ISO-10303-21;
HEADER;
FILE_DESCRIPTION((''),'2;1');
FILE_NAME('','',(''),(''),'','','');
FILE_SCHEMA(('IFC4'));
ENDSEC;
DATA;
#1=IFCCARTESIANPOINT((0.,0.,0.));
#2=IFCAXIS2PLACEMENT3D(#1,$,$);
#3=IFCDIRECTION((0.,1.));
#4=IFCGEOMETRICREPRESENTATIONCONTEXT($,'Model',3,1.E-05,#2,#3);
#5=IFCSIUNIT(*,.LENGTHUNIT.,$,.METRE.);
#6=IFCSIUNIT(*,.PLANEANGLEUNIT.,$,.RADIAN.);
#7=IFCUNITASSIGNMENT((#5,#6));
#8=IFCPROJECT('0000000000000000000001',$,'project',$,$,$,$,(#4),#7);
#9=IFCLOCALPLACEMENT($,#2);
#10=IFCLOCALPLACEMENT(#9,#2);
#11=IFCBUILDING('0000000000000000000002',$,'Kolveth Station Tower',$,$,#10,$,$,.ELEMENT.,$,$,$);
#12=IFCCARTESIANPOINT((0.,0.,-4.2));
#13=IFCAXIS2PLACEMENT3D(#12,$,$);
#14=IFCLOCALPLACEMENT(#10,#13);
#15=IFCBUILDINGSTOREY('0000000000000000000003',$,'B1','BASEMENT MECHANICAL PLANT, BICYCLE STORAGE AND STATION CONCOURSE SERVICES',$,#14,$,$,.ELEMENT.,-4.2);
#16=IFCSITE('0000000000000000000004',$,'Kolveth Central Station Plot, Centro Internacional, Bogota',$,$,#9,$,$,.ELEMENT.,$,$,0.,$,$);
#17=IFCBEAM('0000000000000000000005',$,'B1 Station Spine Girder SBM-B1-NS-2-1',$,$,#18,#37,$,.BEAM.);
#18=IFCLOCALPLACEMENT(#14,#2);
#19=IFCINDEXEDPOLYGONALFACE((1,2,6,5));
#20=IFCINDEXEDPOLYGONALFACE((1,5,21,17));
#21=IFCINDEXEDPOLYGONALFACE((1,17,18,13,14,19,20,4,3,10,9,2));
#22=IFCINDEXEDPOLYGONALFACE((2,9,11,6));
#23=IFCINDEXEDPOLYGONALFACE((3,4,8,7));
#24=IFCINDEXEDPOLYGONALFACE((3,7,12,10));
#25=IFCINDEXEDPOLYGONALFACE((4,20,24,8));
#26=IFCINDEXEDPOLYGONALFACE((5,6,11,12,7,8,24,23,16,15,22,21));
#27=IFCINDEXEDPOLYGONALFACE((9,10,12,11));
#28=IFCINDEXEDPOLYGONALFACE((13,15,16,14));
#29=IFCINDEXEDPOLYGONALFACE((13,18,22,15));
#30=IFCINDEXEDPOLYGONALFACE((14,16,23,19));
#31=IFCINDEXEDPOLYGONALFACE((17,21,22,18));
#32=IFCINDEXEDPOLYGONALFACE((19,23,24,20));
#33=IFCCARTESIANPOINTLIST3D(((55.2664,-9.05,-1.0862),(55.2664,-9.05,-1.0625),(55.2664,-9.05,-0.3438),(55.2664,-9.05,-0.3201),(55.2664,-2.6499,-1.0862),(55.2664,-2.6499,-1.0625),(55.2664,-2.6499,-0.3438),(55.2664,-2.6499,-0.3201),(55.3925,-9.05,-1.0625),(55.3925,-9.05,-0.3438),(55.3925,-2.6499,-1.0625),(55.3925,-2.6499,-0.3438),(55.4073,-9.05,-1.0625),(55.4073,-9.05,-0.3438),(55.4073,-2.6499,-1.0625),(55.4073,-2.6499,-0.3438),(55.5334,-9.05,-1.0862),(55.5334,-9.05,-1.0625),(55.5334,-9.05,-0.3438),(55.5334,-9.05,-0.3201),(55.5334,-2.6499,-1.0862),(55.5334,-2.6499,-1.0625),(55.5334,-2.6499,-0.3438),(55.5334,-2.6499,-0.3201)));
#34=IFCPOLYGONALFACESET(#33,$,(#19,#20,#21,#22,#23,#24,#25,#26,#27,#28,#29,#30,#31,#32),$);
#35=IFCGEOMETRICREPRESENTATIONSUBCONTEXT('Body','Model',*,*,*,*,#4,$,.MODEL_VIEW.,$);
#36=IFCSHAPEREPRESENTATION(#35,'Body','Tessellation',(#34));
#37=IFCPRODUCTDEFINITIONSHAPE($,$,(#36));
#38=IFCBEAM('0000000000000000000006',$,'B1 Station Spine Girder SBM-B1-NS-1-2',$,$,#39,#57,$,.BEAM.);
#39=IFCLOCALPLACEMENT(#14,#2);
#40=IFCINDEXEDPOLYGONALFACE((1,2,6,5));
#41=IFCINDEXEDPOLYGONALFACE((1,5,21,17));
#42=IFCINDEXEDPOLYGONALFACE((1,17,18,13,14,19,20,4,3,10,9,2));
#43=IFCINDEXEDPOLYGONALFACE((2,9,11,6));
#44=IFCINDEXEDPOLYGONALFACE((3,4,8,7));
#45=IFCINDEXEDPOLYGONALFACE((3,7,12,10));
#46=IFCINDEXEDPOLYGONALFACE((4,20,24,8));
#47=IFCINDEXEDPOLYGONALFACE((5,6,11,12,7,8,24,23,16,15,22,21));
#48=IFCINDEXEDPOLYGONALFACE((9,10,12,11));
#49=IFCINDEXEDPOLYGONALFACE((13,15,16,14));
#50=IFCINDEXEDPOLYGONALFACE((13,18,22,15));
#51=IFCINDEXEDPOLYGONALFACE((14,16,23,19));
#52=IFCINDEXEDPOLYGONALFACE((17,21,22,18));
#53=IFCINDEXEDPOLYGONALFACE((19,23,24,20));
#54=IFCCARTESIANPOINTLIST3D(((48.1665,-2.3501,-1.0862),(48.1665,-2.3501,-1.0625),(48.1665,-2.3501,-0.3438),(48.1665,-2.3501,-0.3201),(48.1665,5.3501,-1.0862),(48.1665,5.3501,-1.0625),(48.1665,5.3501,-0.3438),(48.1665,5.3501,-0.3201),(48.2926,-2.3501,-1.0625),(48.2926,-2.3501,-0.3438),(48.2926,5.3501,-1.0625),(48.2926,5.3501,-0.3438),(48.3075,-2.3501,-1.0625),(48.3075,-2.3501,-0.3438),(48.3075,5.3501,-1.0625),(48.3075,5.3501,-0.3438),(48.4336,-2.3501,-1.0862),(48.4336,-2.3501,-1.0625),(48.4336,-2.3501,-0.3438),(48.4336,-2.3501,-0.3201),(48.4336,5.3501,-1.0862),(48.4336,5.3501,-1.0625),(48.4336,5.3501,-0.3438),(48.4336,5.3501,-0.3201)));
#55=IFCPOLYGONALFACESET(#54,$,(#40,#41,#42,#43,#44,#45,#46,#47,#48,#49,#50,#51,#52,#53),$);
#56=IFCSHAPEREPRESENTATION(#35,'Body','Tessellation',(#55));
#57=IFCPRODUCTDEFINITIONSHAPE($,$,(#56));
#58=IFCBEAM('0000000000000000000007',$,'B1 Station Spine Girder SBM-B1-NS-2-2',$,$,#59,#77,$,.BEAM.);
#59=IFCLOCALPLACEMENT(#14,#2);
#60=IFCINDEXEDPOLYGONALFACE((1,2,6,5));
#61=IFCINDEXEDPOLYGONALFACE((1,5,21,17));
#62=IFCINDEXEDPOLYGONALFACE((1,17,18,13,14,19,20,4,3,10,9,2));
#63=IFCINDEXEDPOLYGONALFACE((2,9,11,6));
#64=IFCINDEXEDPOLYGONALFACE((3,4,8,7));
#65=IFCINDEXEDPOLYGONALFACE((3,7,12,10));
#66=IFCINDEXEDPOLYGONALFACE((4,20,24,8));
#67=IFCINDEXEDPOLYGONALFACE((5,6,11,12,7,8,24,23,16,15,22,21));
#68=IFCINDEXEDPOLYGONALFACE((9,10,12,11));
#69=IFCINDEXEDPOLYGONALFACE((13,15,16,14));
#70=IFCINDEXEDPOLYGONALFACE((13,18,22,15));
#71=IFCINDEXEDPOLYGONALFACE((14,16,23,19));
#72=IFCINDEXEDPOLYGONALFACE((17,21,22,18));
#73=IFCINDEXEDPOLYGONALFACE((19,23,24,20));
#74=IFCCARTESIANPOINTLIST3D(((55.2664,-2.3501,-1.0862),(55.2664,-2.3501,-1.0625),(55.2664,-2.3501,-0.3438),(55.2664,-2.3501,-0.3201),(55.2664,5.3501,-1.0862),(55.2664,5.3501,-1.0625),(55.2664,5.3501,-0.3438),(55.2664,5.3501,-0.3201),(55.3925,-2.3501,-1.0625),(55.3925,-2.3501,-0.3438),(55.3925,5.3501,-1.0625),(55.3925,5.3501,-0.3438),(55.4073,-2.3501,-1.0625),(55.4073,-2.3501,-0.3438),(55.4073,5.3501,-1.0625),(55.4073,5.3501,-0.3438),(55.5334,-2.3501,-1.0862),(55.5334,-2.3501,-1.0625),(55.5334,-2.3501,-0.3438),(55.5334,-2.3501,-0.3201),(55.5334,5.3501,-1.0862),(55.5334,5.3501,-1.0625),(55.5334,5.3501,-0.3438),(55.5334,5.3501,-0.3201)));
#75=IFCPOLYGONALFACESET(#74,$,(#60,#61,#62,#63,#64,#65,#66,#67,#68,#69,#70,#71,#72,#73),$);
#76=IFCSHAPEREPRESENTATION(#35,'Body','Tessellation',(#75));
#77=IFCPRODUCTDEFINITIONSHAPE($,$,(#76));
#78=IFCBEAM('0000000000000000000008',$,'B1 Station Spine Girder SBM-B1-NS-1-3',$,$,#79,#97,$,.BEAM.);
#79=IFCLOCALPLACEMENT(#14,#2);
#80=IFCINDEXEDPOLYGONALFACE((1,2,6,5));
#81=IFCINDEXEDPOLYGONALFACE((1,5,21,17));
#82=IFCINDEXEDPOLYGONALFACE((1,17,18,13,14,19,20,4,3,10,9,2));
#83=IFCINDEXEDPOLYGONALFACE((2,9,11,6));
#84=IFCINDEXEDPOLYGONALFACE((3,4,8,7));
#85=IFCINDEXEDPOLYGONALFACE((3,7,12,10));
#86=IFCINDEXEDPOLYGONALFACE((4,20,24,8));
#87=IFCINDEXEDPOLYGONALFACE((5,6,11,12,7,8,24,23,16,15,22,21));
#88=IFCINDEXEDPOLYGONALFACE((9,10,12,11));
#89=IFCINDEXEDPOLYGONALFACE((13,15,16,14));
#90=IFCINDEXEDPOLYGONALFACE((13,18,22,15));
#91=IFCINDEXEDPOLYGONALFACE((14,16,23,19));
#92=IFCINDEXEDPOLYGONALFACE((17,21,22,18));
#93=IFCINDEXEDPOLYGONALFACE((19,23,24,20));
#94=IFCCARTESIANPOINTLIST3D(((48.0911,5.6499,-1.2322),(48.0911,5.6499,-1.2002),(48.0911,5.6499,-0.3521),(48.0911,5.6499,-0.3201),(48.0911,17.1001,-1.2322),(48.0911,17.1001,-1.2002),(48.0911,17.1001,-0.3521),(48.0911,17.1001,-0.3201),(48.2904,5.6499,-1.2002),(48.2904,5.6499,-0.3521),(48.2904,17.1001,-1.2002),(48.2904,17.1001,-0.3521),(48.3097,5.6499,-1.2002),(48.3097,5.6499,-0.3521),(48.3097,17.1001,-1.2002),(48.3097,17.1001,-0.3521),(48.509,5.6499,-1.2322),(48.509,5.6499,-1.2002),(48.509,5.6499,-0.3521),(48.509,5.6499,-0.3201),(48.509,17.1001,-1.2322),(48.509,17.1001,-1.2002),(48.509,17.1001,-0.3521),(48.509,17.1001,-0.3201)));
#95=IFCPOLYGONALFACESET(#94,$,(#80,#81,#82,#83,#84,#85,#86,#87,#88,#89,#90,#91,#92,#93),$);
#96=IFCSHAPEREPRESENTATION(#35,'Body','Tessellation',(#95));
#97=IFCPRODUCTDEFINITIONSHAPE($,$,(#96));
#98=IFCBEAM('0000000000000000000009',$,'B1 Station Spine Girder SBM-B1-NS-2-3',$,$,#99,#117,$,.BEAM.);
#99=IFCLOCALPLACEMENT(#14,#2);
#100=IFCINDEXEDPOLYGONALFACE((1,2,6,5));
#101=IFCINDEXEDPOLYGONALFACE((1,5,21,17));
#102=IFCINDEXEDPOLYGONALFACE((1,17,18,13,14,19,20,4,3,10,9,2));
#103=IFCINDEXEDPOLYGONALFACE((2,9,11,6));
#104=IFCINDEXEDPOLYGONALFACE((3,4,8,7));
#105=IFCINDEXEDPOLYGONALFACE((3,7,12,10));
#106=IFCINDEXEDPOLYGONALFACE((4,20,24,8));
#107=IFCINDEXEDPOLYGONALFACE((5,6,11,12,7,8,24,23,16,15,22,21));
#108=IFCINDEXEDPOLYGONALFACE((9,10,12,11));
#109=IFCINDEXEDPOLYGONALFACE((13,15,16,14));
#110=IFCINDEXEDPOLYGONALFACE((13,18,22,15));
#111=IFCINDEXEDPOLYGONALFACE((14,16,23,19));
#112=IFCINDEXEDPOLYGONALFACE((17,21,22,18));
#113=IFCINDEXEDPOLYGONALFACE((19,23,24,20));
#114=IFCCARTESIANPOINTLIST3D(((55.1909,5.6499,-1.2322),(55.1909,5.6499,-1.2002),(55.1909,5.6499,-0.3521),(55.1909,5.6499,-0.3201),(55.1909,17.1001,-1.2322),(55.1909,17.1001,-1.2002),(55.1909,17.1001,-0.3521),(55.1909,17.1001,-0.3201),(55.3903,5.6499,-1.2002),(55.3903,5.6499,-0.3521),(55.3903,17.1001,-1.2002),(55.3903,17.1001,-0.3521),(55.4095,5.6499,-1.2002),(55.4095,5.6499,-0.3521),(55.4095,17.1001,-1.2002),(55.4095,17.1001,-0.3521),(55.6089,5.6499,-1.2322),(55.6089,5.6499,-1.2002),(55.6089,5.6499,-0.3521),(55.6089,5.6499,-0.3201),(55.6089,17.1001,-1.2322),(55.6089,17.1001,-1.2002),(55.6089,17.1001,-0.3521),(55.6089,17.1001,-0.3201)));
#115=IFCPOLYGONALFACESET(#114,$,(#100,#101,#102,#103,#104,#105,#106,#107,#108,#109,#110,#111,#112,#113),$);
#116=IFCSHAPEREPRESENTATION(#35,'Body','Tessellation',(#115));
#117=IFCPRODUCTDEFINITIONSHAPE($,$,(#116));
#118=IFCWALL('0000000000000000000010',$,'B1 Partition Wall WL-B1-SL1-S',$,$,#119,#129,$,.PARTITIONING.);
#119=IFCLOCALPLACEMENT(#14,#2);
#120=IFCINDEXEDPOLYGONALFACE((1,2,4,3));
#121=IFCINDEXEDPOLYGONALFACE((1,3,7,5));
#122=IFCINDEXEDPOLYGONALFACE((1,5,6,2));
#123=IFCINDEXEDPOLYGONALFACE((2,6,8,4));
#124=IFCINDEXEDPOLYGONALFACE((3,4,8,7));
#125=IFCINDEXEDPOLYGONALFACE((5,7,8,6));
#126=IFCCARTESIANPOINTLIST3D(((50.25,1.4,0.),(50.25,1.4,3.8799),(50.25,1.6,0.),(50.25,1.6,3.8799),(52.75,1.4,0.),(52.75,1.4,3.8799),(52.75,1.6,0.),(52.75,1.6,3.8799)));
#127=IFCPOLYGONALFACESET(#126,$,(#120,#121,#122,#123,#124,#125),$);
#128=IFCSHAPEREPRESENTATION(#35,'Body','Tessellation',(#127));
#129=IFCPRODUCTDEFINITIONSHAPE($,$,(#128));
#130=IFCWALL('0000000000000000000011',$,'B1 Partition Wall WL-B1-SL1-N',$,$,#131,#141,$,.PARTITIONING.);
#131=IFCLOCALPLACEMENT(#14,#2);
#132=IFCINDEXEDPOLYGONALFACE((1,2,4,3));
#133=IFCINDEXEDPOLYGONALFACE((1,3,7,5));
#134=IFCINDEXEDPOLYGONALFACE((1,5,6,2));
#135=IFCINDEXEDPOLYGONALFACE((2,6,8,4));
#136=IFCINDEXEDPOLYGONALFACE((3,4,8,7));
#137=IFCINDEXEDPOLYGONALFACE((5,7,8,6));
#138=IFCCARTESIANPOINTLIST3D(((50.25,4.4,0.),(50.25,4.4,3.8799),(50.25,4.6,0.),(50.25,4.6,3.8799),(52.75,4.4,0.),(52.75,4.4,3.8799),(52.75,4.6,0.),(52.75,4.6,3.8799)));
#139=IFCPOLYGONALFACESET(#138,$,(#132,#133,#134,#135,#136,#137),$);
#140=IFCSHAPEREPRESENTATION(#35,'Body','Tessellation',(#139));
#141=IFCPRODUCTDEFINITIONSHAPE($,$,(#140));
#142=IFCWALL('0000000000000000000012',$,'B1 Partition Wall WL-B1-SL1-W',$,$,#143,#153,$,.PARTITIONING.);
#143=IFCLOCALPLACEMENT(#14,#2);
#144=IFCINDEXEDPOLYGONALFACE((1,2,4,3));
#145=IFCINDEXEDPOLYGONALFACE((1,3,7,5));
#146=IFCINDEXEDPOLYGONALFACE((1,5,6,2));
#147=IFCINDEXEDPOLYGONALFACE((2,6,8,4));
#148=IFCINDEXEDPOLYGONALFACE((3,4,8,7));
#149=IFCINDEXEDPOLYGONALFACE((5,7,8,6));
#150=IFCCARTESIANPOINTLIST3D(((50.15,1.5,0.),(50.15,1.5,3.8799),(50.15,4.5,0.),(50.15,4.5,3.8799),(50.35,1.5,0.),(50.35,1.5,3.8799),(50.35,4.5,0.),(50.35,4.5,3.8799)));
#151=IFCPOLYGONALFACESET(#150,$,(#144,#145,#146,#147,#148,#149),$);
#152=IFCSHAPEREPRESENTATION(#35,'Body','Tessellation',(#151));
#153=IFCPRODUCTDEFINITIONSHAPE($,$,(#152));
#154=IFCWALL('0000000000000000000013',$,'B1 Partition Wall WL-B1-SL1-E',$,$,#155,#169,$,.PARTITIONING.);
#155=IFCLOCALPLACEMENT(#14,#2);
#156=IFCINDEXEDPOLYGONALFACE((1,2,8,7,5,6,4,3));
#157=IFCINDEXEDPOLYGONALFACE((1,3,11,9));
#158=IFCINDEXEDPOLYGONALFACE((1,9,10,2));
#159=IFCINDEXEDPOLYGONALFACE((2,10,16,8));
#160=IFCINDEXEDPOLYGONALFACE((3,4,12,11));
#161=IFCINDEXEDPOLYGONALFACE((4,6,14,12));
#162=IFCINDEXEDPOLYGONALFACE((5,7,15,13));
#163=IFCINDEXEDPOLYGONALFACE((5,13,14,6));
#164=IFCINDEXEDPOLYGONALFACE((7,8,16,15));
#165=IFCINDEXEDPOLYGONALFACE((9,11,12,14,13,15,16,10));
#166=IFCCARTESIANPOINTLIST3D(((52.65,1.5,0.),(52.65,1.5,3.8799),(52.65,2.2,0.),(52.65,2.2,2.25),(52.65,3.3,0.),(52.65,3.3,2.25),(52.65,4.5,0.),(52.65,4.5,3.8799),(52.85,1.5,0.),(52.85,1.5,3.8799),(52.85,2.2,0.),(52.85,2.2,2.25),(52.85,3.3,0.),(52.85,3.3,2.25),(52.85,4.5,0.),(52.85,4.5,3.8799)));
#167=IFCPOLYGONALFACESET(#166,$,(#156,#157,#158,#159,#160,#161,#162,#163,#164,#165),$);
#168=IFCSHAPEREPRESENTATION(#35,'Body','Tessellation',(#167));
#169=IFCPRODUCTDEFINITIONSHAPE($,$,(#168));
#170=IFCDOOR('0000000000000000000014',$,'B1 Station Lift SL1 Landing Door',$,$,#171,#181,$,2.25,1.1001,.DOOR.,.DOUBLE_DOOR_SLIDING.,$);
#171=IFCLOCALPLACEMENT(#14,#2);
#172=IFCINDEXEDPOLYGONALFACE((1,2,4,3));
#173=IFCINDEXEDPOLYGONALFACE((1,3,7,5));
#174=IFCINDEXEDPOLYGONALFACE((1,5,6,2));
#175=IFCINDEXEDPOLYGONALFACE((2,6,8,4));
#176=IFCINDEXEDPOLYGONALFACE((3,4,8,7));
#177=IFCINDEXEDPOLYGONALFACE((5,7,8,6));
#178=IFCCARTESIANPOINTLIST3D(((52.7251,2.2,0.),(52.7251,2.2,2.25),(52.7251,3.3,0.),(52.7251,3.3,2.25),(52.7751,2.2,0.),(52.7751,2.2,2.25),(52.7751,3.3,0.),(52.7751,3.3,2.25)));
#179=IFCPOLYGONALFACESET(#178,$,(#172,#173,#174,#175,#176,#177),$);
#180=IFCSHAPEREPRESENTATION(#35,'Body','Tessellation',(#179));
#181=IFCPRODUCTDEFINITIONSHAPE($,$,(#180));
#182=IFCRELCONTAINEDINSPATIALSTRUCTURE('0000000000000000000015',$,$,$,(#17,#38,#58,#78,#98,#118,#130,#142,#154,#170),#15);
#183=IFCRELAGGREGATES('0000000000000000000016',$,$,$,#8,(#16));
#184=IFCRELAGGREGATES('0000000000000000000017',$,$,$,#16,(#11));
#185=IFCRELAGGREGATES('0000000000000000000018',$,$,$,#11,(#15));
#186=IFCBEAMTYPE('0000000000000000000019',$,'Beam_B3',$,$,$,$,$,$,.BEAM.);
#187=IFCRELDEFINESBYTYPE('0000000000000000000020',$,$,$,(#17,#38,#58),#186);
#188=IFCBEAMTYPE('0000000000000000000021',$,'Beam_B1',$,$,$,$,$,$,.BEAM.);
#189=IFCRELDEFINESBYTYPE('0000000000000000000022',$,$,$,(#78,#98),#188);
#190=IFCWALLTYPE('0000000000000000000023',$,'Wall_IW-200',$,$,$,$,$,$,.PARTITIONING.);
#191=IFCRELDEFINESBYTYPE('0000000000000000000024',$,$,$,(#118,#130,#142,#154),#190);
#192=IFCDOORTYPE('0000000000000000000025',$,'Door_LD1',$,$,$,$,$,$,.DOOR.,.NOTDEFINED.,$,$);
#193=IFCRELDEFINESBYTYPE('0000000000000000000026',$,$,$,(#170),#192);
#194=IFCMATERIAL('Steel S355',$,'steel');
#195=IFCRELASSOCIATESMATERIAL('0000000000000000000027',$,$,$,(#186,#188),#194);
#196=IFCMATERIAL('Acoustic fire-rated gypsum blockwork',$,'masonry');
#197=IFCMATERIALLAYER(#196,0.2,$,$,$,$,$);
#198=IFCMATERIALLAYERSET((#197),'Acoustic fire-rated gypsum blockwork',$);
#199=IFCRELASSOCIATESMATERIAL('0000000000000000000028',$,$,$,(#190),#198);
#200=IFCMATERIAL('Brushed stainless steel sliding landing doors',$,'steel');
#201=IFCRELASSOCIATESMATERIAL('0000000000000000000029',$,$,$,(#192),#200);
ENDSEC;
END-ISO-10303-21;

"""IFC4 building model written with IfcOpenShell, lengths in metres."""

from ifc_helpers import new_model, si_unit, direction, frame, frame_2d, origin, origin_2d, place, context, subcontext, project, spatial, rectangle, i_section, extrude, source, transform, mapped, material, layer, layer_set, material_profile, profile_set, type_object, element, fill, save


model = new_model("IFC4")

# Units and contexts
model_context = context("Model", 3, precision=1e-05, world=origin(), true_north=direction((0.0, 1.0)))
body_context = subcontext(model_context, "Body", "Model", "MODEL_VIEW")
ifc_project = project(units=[si_unit("LENGTHUNIT", "METRE"), si_unit("PLANEANGLEUNIT", "RADIAN")], contexts=[model_context])

# Site, building, storey
site_placement = place(None, origin())
site = spatial("IfcSite", under=ifc_project, at=site_placement, Name="Kolveth Central Station Plot, Centro Internacional, Bogota", CompositionType="ELEMENT", RefElevation=0.0)
building_placement = place(site_placement, origin())
building = spatial("IfcBuilding", under=site, at=building_placement, Name="Kolveth Station Tower", CompositionType="ELEMENT")
storey_placement = place(building_placement, frame((0.0, 0.0, -4.2)))
storey = spatial("IfcBuildingStorey", under=building, at=storey_placement, Name="B1", Description="BASEMENT MECHANICAL PLANT, BICYCLE STORAGE AND STATION CONCOURSE SERVICES", CompositionType="ELEMENT", Elevation=-4.2)

# Shared definitions
ifc_material_1 = material(Name="Steel S355", Category="steel")

# Beams
ifc_material_profile_1 = material_profile(ifc_material_1, i_section(OverallWidth=0.2671, OverallDepth=0.7661, WebThickness=0.0149, FlangeThickness=0.0237, at=origin_2d()), Name="W760x185")
ifc_profile_set_1 = profile_set([ifc_material_profile_1], Name="Steel S355")
beam_type_1 = type_object("IfcBeamType", Name="Beam_B3", PredefinedType="BEAM", material=ifc_profile_set_1)
shared_shape_1 = source(origin(), body_context, "Body", "SweptSolid", [
    extrude(i_section(OverallWidth=0.2671, OverallDepth=0.7661, WebThickness=0.0149, FlangeThickness=0.0237, at=origin_2d()), origin(), (0.0, 0.0, 1.0), 6.4001),
])
beam_placement = place(storey_placement, frame((55.3999, -9.05, -0.7031), z_axis=(0.0, 1.0, 0.0), x_axis=(-1.0, 0.0, 0.0)))
element("IfcBeam", 1, at=beam_placement, inside=storey, type_object=beam_type_1, Name="B1 Station Spine Girder SBM-B1-NS-2-1", PredefinedType="BEAM", context=body_context, shape_type="MappedRepresentation", body=[
    mapped(shared_shape_1, transform((0.0, 0.0, 0.0), x_axis=(1.0, 0.0, 0.0), y_axis=(0.0, 1.0, 0.0), z_axis=(0.0, 0.0, 1.0), scale=1.0)),
])
shared_shape_2 = source(origin(), body_context, "Body", "SweptSolid", [
    extrude(i_section(OverallWidth=0.2671, OverallDepth=0.7661, WebThickness=0.0149, FlangeThickness=0.0237, at=origin_2d()), origin(), (0.0, 0.0, 1.0), 7.7002),
])
for number, where, z_axis, x_axis, name in (
    (2, (48.3, -2.3501, -0.7031), (0.0, 1.0, 0.0), (-1.0, 0.0, 0.0), "B1 Station Spine Girder SBM-B1-NS-1-2"),
    (3, (55.3999, -2.3501, -0.7031), (0.0, 1.0, 0.0), (-1.0, 0.0, 0.0), "B1 Station Spine Girder SBM-B1-NS-2-2"),
):
    element("IfcBeam", number, at=place(storey_placement, frame(where, z_axis=z_axis, x_axis=x_axis)), inside=storey, type_object=beam_type_1, Name=name, PredefinedType="BEAM", context=body_context, shape_type="MappedRepresentation", body=[
        mapped(shared_shape_2, transform((0.0, 0.0, 0.0), x_axis=(1.0, 0.0, 0.0), y_axis=(0.0, 1.0, 0.0), z_axis=(0.0, 0.0, 1.0), scale=1.0)),
    ])
ifc_material_profile_2 = material_profile(ifc_material_1, i_section(OverallWidth=0.418, OverallDepth=0.9121, WebThickness=0.0193, FlangeThickness=0.032, at=origin_2d()), Name="W920x342")
ifc_profile_set_2 = profile_set([ifc_material_profile_2], Name="Steel S355")
beam_type_2 = type_object("IfcBeamType", Name="Beam_B1", PredefinedType="BEAM", material=ifc_profile_set_2)
shared_shape_3 = source(origin(), body_context, "Body", "SweptSolid", [
    extrude(i_section(OverallWidth=0.418, OverallDepth=0.9121, WebThickness=0.0193, FlangeThickness=0.032, at=origin_2d()), origin(), (0.0, 0.0, 1.0), 11.4502),
])
for number, where, z_axis, x_axis, name in (
    (4, (48.3, 5.6499, -0.7761), (0.0, 1.0, 0.0), (-1.0, 0.0, 0.0), "B1 Station Spine Girder SBM-B1-NS-1-3"),
    (5, (55.3999, 5.6499, -0.7761), (0.0, 1.0, 0.0), (-1.0, 0.0, 0.0), "B1 Station Spine Girder SBM-B1-NS-2-3"),
):
    element("IfcBeam", number, at=place(storey_placement, frame(where, z_axis=z_axis, x_axis=x_axis)), inside=storey, type_object=beam_type_2, Name=name, PredefinedType="BEAM", context=body_context, shape_type="MappedRepresentation", body=[
        mapped(shared_shape_3, transform((0.0, 0.0, 0.0), x_axis=(1.0, 0.0, 0.0), y_axis=(0.0, 1.0, 0.0), z_axis=(0.0, 0.0, 1.0), scale=1.0)),
    ])

# Walls
ifc_material_2 = material(Name="Acoustic fire-rated gypsum blockwork", Category="masonry")
ifc_layer_1 = layer(ifc_material_2, 0.2)
ifc_layer_set_1 = layer_set([ifc_layer_1], Name="Acoustic fire-rated gypsum blockwork")
wall_type_1 = type_object("IfcWallType", Name="Wall_IW-200", PredefinedType="PARTITIONING", material=ifc_layer_set_1)
for number, where, z_axis, x_axis, name in (
    (6, (50.25, 1.5, 0.0), (0.0, 0.0, 1.0), (1.0, 0.0, 0.0), "B1 Partition Wall WL-B1-SL1-S"),
    (7, (50.25, 4.5, 0.0), (0.0, 0.0, 1.0), (1.0, 0.0, 0.0), "B1 Partition Wall WL-B1-SL1-N"),
):
    element("IfcWall", number, at=place(storey_placement, frame(where, z_axis=z_axis, x_axis=x_axis)), inside=storey, type_object=wall_type_1, Name=name, PredefinedType="PARTITIONING", context=body_context, shape_type="SweptSolid", body=[
        extrude(rectangle(XDim=2.5, YDim=0.2, at=frame_2d((1.25, 0.0))), origin(), (0.0, 0.0, 1.0), 3.8799),
    ])
wall_1_placement = place(storey_placement, frame((50.25, 1.5, 0.0), z_axis=(0.0, 0.0, 1.0), x_axis=(0.0, 1.0, 0.0)))
element("IfcWall", 8, at=wall_1_placement, inside=storey, type_object=wall_type_1, Name="B1 Partition Wall WL-B1-SL1-W", PredefinedType="PARTITIONING", context=body_context, shape_type="SweptSolid", body=[
    extrude(rectangle(XDim=3.0, YDim=0.2, at=frame_2d((1.5, 0.0))), origin(), (0.0, 0.0, 1.0), 3.8799),
])

# Wall, opening, door
wall_2_placement = place(storey_placement, frame((52.75, 1.5, 0.0), z_axis=(0.0, 0.0, 1.0), x_axis=(0.0, 1.0, 0.0)))
wall_2 = element("IfcWall", 9, at=wall_2_placement, inside=storey, type_object=wall_type_1, Name="B1 Partition Wall WL-B1-SL1-E", PredefinedType="PARTITIONING", context=body_context, shape_type="SweptSolid", body=[
    extrude(rectangle(XDim=3.0, YDim=0.2, at=frame_2d((1.5, 0.0))), origin(), (0.0, 0.0, 1.0), 3.8799),
])
opening_1_placement = place(wall_2_placement, frame((0.7, 0.0, 0.0)))
opening_1 = element("IfcOpeningElement", 10, at=opening_1_placement, cuts=wall_2, PredefinedType="OPENING", context=body_context, shape_type="SweptSolid", body=[
    extrude(rectangle(XDim=1.1001, YDim=2.25, at=frame_2d((0.55, 1.125))), frame((0.0, 0.1099, 0.0), z_axis=(0.0, -1.0, 0.0), x_axis=(1.0, 0.0, 0.0)), (0.0, 0.0, 1.0), 0.22),
])
ifc_material_3 = material(Name="Brushed stainless steel sliding landing doors", Category="steel")
door_type_1 = type_object("IfcDoorType", Name="Door_LD1", OperationType="NOTDEFINED", PredefinedType="DOOR", material=ifc_material_3)
door_1_placement = place(opening_1_placement, origin())
door_1 = element("IfcDoor", 11, at=door_1_placement, inside=storey, type_object=door_type_1, Name="B1 Station Lift SL1 Landing Door", OperationType="DOUBLE_DOOR_SLIDING", OverallHeight=2.25, OverallWidth=1.1001, PredefinedType="DOOR", context=body_context, shape_type="SweptSolid", body=[
    extrude(rectangle(XDim=1.1001, YDim=2.25, at=frame_2d((0.55, 1.125))), frame((0.0, 0.0249, 0.0), z_axis=(0.0, -1.0, 0.0), x_axis=(1.0, 0.0, 0.0)), (0.0, 0.0, 1.0), 0.05),
])
fill(opening_1, door_1)

save(model, "model.ifc")
